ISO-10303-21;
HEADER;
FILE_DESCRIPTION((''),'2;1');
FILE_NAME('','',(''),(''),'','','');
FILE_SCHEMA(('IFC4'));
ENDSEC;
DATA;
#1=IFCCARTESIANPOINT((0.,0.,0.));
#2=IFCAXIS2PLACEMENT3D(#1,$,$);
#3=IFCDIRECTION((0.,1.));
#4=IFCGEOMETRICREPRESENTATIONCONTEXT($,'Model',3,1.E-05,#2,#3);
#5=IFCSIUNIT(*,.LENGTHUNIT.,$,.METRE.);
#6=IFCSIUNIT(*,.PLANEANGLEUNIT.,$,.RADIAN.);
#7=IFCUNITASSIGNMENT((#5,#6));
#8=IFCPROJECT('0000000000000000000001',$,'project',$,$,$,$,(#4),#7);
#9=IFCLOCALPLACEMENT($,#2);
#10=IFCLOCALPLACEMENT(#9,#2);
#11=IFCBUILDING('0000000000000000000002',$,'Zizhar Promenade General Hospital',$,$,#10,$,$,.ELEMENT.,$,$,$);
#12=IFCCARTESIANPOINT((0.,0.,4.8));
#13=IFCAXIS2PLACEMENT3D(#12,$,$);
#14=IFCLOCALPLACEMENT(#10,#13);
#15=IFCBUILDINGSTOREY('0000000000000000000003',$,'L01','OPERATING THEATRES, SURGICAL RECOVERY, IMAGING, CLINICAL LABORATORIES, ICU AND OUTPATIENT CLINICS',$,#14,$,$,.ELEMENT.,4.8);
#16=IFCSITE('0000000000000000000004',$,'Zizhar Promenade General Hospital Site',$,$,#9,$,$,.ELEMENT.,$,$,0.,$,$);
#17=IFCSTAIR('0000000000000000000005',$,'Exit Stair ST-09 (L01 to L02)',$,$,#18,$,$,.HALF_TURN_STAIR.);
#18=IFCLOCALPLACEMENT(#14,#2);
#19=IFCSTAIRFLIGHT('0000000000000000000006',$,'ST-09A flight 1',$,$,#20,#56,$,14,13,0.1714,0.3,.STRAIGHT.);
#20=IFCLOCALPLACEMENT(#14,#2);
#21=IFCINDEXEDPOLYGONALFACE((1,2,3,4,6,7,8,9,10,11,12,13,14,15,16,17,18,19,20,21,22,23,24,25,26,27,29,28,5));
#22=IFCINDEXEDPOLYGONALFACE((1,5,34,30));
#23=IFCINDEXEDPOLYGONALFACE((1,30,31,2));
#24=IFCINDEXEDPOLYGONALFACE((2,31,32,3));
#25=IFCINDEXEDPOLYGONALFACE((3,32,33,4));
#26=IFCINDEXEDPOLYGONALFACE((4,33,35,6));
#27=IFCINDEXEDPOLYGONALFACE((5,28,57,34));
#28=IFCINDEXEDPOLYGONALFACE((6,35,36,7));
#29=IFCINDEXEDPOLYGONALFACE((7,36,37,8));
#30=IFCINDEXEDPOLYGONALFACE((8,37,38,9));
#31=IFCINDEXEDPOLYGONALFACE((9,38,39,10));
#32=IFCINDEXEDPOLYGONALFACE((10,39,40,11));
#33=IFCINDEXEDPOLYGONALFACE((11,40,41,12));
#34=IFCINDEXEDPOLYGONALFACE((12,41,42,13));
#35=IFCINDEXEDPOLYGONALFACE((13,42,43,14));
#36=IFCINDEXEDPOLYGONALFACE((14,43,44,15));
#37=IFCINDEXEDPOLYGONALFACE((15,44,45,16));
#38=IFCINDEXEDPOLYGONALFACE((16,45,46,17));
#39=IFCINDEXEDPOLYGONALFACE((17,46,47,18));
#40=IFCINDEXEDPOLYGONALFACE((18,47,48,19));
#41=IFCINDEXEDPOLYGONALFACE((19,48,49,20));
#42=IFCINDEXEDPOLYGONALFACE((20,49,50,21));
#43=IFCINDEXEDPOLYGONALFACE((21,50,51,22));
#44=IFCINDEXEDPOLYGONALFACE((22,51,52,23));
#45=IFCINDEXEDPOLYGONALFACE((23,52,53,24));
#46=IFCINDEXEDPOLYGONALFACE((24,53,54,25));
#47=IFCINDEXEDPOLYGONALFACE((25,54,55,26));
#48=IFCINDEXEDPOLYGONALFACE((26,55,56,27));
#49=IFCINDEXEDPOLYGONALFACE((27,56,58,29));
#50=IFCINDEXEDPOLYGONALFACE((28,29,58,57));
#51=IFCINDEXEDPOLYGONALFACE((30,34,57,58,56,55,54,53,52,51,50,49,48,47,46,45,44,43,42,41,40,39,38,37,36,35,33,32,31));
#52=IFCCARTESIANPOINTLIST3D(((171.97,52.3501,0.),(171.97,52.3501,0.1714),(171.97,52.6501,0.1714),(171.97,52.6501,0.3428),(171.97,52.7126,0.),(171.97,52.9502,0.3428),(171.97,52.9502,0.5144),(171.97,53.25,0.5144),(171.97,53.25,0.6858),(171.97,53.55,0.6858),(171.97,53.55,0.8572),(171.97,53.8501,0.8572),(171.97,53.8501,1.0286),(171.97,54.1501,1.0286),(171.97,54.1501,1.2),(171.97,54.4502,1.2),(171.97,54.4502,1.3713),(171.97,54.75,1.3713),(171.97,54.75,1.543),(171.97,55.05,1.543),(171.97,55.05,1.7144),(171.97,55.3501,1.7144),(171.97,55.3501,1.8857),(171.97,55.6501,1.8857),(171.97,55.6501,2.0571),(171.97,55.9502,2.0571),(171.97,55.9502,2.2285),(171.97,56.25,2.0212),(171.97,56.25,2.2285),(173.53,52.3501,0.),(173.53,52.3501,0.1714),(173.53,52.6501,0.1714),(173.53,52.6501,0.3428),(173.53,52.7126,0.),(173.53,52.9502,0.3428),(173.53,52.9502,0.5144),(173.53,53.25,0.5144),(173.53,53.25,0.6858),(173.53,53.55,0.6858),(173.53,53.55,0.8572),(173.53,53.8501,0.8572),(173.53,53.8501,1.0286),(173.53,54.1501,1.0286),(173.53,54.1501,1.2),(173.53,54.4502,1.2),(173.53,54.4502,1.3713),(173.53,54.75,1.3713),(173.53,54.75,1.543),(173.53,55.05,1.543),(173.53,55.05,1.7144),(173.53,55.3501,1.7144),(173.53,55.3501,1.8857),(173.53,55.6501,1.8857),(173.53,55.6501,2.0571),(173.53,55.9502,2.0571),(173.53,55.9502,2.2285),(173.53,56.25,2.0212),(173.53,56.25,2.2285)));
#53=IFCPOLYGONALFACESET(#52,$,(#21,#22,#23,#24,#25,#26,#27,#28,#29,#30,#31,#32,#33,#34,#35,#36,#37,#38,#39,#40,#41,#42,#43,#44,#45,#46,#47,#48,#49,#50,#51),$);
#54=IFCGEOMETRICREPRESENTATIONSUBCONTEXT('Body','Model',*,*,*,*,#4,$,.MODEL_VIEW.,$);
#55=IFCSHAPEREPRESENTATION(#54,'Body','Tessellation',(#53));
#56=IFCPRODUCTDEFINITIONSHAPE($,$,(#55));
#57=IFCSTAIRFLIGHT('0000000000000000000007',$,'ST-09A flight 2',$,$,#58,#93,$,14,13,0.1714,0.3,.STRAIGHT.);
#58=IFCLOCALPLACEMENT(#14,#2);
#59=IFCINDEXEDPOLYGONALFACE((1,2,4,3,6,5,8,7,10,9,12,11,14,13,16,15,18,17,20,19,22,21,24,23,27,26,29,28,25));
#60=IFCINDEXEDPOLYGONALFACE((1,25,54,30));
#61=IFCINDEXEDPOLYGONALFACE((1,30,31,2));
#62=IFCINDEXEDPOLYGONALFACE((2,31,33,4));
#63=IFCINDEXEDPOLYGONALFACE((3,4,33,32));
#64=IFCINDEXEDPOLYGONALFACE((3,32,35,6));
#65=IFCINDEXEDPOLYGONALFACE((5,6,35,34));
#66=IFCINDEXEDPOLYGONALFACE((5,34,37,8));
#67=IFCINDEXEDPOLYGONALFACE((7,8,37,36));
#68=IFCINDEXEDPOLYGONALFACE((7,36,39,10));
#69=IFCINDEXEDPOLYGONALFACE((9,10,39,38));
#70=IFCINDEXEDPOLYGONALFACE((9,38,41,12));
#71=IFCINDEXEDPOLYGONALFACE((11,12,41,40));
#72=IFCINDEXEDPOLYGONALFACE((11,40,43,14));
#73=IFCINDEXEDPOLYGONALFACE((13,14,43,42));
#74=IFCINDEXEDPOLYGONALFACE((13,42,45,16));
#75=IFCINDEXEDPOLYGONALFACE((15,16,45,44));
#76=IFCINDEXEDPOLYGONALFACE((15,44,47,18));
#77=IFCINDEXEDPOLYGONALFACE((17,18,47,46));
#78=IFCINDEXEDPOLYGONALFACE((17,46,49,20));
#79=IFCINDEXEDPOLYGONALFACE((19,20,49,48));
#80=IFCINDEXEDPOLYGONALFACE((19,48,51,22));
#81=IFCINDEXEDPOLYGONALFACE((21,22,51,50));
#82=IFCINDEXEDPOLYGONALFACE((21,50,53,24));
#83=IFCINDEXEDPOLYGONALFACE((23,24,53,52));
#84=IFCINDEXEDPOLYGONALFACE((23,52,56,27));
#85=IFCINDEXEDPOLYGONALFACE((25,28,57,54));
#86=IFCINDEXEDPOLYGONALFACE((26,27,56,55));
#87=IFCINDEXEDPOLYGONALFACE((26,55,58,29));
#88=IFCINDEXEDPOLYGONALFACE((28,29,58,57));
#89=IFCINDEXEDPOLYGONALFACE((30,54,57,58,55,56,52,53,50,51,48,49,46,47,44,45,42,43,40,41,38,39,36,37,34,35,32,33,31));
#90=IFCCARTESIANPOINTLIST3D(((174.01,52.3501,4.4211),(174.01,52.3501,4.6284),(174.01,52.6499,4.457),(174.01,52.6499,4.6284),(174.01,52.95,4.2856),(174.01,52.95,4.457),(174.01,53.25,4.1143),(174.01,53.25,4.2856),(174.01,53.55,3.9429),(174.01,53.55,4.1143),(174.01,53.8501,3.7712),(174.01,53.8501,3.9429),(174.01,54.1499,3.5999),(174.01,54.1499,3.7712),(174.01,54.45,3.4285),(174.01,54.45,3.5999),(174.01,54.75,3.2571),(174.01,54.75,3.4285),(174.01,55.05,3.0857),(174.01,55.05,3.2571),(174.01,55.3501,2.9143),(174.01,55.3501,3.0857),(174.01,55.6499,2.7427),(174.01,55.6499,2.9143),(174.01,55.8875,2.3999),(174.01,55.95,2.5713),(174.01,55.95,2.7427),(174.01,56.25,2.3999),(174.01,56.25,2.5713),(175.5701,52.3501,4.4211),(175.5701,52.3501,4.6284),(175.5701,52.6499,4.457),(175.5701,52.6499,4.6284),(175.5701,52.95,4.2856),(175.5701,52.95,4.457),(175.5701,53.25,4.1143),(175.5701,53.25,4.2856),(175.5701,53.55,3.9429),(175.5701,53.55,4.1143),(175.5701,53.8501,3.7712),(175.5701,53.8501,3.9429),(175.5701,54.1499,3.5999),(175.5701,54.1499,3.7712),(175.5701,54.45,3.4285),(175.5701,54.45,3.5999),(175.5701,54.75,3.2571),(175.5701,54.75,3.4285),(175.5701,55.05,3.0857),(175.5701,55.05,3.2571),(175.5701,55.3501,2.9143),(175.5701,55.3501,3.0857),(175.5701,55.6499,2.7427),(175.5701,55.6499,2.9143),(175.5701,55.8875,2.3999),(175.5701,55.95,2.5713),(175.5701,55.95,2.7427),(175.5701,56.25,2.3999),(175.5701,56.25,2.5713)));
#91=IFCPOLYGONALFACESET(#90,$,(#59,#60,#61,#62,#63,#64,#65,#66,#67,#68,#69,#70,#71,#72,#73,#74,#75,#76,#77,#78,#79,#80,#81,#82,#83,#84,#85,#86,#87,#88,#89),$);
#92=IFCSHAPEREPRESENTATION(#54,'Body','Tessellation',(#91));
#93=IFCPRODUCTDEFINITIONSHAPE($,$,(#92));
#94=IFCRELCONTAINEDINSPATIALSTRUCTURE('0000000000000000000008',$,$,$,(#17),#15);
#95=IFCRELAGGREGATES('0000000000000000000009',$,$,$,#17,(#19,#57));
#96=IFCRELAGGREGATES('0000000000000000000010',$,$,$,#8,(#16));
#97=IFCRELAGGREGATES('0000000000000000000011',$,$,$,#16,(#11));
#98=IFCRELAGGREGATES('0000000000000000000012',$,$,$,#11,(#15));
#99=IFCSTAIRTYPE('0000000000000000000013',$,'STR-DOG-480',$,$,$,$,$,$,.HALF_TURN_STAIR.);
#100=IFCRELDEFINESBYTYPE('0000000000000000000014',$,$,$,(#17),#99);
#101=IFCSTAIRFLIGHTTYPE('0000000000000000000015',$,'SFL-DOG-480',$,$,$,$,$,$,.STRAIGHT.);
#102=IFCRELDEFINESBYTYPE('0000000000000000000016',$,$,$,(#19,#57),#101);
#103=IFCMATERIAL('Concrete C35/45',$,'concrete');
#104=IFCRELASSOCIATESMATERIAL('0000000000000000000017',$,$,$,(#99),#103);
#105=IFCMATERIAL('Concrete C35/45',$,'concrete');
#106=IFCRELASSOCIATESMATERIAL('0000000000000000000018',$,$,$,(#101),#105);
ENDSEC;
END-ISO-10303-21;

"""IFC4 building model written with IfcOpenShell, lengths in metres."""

from ifc_helpers import new_model, si_unit, direction, frame, origin, place, context, subcontext, project, spatial, polyline, outline, extrude, material, type_object, element, aggregate, save


model = new_model("IFC4")

# Units and contexts
model_context = context("Model", 3, precision=1e-05, world=origin(), true_north=direction((0.0, 1.0)))
body_context = subcontext(model_context, "Body", "Model", "MODEL_VIEW")
ifc_project = project(units=[si_unit("LENGTHUNIT", "METRE"), si_unit("PLANEANGLEUNIT", "RADIAN")], contexts=[model_context])

# Site, building, storey
site_placement = place(None, origin())
site = spatial("IfcSite", under=ifc_project, at=site_placement, Name="Zizhar Promenade General Hospital Site", CompositionType="ELEMENT", RefElevation=0.0)
building_placement = place(site_placement, origin())
building = spatial("IfcBuilding", under=site, at=building_placement, Name="Zizhar Promenade General Hospital", CompositionType="ELEMENT")
storey_placement = place(building_placement, frame((0.0, 0.0, 4.8)))
storey = spatial("IfcBuildingStorey", under=building, at=storey_placement, Name="L01", Description="OPERATING THEATRES, SURGICAL RECOVERY, IMAGING, CLINICAL LABORATORIES, ICU AND OUTPATIENT CLINICS", CompositionType="ELEMENT", Elevation=4.8)

# Stair, stair flights
ifc_material_1 = material(Name="Concrete C35/45", Category="concrete")
stair_type = type_object("IfcStairType", Name="STR-DOG-480", PredefinedType="HALF_TURN_STAIR", material=ifc_material_1)
stair_placement = place(storey_placement, origin())
stair = element("IfcStair", 1, at=stair_placement, inside=storey, type_object=stair_type, Name="Exit Stair ST-09 (L01 to L02)", PredefinedType="HALF_TURN_STAIR")
ifc_material_2 = material(Name="Concrete C35/45", Category="concrete")
stair_flight_type = type_object("IfcStairFlightType", Name="SFL-DOG-480", PredefinedType="STRAIGHT", material=ifc_material_2)
stair_flight_1_placement = place(storey_placement, frame((172.75, 52.3501, 0.0), z_axis=(0.0, 0.0, 1.0), x_axis=(0.0, 1.0, 0.0)))
stair_flight_1 = element("IfcStairFlight", 2, at=stair_flight_1_placement, type_object=stair_flight_type, Name="ST-09A flight 1", NumberOfRisers=14, NumberOfTreads=13, PredefinedType="STRAIGHT", RiserHeight=0.1714, TreadLength=0.3, context=body_context, shape_type="SweptSolid", body=[
    extrude(outline(polyline([(0.0, 0.0), (0.0, 0.1714), (0.3, 0.1714), (0.3, 0.3428), (0.6001, 0.3428), (0.6001, 0.5144), (0.8999, 0.5144), (0.8999, 0.6858), (1.2, 0.6858), (1.2, 0.8572), (1.5, 0.8572), (1.5, 1.0286), (1.8, 1.0286), (1.8, 1.2), (2.1001, 1.2), (2.1001, 1.3713), (2.3999, 1.3713), (2.3999, 1.543), (2.7, 1.543), (2.7, 1.7144), (3.0, 1.7144), (3.0, 1.8857), (3.3, 1.8857), (3.3, 2.0571), (3.6001, 2.0571), (3.6001, 2.2285), (3.8999, 2.2285), (3.8999, 2.3999), (3.8999, 2.0212), (0.3625, 0.0), (0.0, 0.0)])), frame((0.0, 0.78, 0.0), z_axis=(0.0, -1.0, 0.0), x_axis=(1.0, 0.0, 0.0)), (0.0, 0.0, 1.0), 1.5601),
])
stair_flight_2_placement = place(storey_placement, frame((174.79, 56.25, 2.3999), z_axis=(0.0, 0.0, 1.0), x_axis=(0.0, -1.0, 0.0)))
stair_flight_2 = element("IfcStairFlight", 3, at=stair_flight_2_placement, type_object=stair_flight_type, Name="ST-09A flight 2", NumberOfRisers=14, NumberOfTreads=13, PredefinedType="STRAIGHT", RiserHeight=0.1714, TreadLength=0.3, context=body_context, shape_type="SweptSolid", body=[
    extrude(outline(polyline([(0.0, 0.0), (0.0, 0.1714), (0.3, 0.1714), (0.3, 0.3428), (0.6001, 0.3428), (0.6001, 0.5144), (0.8999, 0.5144), (0.8999, 0.6858), (1.2, 0.6858), (1.2, 0.8572), (1.5, 0.8572), (1.5, 1.0286), (1.8, 1.0286), (1.8, 1.2), (2.1001, 1.2), (2.1001, 1.3713), (2.3999, 1.3713), (2.3999, 1.543), (2.7, 1.543), (2.7, 1.7144), (3.0, 1.7144), (3.0, 1.8857), (3.3, 1.8857), (3.3, 2.0571), (3.6001, 2.0571), (3.6001, 2.2285), (3.8999, 2.2285), (3.8999, 2.3999), (3.8999, 2.0212), (0.3625, 0.0), (0.0, 0.0)])), frame((0.0, 0.78, 0.0), z_axis=(0.0, -1.0, 0.0), x_axis=(1.0, 0.0, 0.0)), (0.0, 0.0, 1.0), 1.5601),
])
aggregate(stair, [stair_flight_1, stair_flight_2])

save(model, "model.ifc")
